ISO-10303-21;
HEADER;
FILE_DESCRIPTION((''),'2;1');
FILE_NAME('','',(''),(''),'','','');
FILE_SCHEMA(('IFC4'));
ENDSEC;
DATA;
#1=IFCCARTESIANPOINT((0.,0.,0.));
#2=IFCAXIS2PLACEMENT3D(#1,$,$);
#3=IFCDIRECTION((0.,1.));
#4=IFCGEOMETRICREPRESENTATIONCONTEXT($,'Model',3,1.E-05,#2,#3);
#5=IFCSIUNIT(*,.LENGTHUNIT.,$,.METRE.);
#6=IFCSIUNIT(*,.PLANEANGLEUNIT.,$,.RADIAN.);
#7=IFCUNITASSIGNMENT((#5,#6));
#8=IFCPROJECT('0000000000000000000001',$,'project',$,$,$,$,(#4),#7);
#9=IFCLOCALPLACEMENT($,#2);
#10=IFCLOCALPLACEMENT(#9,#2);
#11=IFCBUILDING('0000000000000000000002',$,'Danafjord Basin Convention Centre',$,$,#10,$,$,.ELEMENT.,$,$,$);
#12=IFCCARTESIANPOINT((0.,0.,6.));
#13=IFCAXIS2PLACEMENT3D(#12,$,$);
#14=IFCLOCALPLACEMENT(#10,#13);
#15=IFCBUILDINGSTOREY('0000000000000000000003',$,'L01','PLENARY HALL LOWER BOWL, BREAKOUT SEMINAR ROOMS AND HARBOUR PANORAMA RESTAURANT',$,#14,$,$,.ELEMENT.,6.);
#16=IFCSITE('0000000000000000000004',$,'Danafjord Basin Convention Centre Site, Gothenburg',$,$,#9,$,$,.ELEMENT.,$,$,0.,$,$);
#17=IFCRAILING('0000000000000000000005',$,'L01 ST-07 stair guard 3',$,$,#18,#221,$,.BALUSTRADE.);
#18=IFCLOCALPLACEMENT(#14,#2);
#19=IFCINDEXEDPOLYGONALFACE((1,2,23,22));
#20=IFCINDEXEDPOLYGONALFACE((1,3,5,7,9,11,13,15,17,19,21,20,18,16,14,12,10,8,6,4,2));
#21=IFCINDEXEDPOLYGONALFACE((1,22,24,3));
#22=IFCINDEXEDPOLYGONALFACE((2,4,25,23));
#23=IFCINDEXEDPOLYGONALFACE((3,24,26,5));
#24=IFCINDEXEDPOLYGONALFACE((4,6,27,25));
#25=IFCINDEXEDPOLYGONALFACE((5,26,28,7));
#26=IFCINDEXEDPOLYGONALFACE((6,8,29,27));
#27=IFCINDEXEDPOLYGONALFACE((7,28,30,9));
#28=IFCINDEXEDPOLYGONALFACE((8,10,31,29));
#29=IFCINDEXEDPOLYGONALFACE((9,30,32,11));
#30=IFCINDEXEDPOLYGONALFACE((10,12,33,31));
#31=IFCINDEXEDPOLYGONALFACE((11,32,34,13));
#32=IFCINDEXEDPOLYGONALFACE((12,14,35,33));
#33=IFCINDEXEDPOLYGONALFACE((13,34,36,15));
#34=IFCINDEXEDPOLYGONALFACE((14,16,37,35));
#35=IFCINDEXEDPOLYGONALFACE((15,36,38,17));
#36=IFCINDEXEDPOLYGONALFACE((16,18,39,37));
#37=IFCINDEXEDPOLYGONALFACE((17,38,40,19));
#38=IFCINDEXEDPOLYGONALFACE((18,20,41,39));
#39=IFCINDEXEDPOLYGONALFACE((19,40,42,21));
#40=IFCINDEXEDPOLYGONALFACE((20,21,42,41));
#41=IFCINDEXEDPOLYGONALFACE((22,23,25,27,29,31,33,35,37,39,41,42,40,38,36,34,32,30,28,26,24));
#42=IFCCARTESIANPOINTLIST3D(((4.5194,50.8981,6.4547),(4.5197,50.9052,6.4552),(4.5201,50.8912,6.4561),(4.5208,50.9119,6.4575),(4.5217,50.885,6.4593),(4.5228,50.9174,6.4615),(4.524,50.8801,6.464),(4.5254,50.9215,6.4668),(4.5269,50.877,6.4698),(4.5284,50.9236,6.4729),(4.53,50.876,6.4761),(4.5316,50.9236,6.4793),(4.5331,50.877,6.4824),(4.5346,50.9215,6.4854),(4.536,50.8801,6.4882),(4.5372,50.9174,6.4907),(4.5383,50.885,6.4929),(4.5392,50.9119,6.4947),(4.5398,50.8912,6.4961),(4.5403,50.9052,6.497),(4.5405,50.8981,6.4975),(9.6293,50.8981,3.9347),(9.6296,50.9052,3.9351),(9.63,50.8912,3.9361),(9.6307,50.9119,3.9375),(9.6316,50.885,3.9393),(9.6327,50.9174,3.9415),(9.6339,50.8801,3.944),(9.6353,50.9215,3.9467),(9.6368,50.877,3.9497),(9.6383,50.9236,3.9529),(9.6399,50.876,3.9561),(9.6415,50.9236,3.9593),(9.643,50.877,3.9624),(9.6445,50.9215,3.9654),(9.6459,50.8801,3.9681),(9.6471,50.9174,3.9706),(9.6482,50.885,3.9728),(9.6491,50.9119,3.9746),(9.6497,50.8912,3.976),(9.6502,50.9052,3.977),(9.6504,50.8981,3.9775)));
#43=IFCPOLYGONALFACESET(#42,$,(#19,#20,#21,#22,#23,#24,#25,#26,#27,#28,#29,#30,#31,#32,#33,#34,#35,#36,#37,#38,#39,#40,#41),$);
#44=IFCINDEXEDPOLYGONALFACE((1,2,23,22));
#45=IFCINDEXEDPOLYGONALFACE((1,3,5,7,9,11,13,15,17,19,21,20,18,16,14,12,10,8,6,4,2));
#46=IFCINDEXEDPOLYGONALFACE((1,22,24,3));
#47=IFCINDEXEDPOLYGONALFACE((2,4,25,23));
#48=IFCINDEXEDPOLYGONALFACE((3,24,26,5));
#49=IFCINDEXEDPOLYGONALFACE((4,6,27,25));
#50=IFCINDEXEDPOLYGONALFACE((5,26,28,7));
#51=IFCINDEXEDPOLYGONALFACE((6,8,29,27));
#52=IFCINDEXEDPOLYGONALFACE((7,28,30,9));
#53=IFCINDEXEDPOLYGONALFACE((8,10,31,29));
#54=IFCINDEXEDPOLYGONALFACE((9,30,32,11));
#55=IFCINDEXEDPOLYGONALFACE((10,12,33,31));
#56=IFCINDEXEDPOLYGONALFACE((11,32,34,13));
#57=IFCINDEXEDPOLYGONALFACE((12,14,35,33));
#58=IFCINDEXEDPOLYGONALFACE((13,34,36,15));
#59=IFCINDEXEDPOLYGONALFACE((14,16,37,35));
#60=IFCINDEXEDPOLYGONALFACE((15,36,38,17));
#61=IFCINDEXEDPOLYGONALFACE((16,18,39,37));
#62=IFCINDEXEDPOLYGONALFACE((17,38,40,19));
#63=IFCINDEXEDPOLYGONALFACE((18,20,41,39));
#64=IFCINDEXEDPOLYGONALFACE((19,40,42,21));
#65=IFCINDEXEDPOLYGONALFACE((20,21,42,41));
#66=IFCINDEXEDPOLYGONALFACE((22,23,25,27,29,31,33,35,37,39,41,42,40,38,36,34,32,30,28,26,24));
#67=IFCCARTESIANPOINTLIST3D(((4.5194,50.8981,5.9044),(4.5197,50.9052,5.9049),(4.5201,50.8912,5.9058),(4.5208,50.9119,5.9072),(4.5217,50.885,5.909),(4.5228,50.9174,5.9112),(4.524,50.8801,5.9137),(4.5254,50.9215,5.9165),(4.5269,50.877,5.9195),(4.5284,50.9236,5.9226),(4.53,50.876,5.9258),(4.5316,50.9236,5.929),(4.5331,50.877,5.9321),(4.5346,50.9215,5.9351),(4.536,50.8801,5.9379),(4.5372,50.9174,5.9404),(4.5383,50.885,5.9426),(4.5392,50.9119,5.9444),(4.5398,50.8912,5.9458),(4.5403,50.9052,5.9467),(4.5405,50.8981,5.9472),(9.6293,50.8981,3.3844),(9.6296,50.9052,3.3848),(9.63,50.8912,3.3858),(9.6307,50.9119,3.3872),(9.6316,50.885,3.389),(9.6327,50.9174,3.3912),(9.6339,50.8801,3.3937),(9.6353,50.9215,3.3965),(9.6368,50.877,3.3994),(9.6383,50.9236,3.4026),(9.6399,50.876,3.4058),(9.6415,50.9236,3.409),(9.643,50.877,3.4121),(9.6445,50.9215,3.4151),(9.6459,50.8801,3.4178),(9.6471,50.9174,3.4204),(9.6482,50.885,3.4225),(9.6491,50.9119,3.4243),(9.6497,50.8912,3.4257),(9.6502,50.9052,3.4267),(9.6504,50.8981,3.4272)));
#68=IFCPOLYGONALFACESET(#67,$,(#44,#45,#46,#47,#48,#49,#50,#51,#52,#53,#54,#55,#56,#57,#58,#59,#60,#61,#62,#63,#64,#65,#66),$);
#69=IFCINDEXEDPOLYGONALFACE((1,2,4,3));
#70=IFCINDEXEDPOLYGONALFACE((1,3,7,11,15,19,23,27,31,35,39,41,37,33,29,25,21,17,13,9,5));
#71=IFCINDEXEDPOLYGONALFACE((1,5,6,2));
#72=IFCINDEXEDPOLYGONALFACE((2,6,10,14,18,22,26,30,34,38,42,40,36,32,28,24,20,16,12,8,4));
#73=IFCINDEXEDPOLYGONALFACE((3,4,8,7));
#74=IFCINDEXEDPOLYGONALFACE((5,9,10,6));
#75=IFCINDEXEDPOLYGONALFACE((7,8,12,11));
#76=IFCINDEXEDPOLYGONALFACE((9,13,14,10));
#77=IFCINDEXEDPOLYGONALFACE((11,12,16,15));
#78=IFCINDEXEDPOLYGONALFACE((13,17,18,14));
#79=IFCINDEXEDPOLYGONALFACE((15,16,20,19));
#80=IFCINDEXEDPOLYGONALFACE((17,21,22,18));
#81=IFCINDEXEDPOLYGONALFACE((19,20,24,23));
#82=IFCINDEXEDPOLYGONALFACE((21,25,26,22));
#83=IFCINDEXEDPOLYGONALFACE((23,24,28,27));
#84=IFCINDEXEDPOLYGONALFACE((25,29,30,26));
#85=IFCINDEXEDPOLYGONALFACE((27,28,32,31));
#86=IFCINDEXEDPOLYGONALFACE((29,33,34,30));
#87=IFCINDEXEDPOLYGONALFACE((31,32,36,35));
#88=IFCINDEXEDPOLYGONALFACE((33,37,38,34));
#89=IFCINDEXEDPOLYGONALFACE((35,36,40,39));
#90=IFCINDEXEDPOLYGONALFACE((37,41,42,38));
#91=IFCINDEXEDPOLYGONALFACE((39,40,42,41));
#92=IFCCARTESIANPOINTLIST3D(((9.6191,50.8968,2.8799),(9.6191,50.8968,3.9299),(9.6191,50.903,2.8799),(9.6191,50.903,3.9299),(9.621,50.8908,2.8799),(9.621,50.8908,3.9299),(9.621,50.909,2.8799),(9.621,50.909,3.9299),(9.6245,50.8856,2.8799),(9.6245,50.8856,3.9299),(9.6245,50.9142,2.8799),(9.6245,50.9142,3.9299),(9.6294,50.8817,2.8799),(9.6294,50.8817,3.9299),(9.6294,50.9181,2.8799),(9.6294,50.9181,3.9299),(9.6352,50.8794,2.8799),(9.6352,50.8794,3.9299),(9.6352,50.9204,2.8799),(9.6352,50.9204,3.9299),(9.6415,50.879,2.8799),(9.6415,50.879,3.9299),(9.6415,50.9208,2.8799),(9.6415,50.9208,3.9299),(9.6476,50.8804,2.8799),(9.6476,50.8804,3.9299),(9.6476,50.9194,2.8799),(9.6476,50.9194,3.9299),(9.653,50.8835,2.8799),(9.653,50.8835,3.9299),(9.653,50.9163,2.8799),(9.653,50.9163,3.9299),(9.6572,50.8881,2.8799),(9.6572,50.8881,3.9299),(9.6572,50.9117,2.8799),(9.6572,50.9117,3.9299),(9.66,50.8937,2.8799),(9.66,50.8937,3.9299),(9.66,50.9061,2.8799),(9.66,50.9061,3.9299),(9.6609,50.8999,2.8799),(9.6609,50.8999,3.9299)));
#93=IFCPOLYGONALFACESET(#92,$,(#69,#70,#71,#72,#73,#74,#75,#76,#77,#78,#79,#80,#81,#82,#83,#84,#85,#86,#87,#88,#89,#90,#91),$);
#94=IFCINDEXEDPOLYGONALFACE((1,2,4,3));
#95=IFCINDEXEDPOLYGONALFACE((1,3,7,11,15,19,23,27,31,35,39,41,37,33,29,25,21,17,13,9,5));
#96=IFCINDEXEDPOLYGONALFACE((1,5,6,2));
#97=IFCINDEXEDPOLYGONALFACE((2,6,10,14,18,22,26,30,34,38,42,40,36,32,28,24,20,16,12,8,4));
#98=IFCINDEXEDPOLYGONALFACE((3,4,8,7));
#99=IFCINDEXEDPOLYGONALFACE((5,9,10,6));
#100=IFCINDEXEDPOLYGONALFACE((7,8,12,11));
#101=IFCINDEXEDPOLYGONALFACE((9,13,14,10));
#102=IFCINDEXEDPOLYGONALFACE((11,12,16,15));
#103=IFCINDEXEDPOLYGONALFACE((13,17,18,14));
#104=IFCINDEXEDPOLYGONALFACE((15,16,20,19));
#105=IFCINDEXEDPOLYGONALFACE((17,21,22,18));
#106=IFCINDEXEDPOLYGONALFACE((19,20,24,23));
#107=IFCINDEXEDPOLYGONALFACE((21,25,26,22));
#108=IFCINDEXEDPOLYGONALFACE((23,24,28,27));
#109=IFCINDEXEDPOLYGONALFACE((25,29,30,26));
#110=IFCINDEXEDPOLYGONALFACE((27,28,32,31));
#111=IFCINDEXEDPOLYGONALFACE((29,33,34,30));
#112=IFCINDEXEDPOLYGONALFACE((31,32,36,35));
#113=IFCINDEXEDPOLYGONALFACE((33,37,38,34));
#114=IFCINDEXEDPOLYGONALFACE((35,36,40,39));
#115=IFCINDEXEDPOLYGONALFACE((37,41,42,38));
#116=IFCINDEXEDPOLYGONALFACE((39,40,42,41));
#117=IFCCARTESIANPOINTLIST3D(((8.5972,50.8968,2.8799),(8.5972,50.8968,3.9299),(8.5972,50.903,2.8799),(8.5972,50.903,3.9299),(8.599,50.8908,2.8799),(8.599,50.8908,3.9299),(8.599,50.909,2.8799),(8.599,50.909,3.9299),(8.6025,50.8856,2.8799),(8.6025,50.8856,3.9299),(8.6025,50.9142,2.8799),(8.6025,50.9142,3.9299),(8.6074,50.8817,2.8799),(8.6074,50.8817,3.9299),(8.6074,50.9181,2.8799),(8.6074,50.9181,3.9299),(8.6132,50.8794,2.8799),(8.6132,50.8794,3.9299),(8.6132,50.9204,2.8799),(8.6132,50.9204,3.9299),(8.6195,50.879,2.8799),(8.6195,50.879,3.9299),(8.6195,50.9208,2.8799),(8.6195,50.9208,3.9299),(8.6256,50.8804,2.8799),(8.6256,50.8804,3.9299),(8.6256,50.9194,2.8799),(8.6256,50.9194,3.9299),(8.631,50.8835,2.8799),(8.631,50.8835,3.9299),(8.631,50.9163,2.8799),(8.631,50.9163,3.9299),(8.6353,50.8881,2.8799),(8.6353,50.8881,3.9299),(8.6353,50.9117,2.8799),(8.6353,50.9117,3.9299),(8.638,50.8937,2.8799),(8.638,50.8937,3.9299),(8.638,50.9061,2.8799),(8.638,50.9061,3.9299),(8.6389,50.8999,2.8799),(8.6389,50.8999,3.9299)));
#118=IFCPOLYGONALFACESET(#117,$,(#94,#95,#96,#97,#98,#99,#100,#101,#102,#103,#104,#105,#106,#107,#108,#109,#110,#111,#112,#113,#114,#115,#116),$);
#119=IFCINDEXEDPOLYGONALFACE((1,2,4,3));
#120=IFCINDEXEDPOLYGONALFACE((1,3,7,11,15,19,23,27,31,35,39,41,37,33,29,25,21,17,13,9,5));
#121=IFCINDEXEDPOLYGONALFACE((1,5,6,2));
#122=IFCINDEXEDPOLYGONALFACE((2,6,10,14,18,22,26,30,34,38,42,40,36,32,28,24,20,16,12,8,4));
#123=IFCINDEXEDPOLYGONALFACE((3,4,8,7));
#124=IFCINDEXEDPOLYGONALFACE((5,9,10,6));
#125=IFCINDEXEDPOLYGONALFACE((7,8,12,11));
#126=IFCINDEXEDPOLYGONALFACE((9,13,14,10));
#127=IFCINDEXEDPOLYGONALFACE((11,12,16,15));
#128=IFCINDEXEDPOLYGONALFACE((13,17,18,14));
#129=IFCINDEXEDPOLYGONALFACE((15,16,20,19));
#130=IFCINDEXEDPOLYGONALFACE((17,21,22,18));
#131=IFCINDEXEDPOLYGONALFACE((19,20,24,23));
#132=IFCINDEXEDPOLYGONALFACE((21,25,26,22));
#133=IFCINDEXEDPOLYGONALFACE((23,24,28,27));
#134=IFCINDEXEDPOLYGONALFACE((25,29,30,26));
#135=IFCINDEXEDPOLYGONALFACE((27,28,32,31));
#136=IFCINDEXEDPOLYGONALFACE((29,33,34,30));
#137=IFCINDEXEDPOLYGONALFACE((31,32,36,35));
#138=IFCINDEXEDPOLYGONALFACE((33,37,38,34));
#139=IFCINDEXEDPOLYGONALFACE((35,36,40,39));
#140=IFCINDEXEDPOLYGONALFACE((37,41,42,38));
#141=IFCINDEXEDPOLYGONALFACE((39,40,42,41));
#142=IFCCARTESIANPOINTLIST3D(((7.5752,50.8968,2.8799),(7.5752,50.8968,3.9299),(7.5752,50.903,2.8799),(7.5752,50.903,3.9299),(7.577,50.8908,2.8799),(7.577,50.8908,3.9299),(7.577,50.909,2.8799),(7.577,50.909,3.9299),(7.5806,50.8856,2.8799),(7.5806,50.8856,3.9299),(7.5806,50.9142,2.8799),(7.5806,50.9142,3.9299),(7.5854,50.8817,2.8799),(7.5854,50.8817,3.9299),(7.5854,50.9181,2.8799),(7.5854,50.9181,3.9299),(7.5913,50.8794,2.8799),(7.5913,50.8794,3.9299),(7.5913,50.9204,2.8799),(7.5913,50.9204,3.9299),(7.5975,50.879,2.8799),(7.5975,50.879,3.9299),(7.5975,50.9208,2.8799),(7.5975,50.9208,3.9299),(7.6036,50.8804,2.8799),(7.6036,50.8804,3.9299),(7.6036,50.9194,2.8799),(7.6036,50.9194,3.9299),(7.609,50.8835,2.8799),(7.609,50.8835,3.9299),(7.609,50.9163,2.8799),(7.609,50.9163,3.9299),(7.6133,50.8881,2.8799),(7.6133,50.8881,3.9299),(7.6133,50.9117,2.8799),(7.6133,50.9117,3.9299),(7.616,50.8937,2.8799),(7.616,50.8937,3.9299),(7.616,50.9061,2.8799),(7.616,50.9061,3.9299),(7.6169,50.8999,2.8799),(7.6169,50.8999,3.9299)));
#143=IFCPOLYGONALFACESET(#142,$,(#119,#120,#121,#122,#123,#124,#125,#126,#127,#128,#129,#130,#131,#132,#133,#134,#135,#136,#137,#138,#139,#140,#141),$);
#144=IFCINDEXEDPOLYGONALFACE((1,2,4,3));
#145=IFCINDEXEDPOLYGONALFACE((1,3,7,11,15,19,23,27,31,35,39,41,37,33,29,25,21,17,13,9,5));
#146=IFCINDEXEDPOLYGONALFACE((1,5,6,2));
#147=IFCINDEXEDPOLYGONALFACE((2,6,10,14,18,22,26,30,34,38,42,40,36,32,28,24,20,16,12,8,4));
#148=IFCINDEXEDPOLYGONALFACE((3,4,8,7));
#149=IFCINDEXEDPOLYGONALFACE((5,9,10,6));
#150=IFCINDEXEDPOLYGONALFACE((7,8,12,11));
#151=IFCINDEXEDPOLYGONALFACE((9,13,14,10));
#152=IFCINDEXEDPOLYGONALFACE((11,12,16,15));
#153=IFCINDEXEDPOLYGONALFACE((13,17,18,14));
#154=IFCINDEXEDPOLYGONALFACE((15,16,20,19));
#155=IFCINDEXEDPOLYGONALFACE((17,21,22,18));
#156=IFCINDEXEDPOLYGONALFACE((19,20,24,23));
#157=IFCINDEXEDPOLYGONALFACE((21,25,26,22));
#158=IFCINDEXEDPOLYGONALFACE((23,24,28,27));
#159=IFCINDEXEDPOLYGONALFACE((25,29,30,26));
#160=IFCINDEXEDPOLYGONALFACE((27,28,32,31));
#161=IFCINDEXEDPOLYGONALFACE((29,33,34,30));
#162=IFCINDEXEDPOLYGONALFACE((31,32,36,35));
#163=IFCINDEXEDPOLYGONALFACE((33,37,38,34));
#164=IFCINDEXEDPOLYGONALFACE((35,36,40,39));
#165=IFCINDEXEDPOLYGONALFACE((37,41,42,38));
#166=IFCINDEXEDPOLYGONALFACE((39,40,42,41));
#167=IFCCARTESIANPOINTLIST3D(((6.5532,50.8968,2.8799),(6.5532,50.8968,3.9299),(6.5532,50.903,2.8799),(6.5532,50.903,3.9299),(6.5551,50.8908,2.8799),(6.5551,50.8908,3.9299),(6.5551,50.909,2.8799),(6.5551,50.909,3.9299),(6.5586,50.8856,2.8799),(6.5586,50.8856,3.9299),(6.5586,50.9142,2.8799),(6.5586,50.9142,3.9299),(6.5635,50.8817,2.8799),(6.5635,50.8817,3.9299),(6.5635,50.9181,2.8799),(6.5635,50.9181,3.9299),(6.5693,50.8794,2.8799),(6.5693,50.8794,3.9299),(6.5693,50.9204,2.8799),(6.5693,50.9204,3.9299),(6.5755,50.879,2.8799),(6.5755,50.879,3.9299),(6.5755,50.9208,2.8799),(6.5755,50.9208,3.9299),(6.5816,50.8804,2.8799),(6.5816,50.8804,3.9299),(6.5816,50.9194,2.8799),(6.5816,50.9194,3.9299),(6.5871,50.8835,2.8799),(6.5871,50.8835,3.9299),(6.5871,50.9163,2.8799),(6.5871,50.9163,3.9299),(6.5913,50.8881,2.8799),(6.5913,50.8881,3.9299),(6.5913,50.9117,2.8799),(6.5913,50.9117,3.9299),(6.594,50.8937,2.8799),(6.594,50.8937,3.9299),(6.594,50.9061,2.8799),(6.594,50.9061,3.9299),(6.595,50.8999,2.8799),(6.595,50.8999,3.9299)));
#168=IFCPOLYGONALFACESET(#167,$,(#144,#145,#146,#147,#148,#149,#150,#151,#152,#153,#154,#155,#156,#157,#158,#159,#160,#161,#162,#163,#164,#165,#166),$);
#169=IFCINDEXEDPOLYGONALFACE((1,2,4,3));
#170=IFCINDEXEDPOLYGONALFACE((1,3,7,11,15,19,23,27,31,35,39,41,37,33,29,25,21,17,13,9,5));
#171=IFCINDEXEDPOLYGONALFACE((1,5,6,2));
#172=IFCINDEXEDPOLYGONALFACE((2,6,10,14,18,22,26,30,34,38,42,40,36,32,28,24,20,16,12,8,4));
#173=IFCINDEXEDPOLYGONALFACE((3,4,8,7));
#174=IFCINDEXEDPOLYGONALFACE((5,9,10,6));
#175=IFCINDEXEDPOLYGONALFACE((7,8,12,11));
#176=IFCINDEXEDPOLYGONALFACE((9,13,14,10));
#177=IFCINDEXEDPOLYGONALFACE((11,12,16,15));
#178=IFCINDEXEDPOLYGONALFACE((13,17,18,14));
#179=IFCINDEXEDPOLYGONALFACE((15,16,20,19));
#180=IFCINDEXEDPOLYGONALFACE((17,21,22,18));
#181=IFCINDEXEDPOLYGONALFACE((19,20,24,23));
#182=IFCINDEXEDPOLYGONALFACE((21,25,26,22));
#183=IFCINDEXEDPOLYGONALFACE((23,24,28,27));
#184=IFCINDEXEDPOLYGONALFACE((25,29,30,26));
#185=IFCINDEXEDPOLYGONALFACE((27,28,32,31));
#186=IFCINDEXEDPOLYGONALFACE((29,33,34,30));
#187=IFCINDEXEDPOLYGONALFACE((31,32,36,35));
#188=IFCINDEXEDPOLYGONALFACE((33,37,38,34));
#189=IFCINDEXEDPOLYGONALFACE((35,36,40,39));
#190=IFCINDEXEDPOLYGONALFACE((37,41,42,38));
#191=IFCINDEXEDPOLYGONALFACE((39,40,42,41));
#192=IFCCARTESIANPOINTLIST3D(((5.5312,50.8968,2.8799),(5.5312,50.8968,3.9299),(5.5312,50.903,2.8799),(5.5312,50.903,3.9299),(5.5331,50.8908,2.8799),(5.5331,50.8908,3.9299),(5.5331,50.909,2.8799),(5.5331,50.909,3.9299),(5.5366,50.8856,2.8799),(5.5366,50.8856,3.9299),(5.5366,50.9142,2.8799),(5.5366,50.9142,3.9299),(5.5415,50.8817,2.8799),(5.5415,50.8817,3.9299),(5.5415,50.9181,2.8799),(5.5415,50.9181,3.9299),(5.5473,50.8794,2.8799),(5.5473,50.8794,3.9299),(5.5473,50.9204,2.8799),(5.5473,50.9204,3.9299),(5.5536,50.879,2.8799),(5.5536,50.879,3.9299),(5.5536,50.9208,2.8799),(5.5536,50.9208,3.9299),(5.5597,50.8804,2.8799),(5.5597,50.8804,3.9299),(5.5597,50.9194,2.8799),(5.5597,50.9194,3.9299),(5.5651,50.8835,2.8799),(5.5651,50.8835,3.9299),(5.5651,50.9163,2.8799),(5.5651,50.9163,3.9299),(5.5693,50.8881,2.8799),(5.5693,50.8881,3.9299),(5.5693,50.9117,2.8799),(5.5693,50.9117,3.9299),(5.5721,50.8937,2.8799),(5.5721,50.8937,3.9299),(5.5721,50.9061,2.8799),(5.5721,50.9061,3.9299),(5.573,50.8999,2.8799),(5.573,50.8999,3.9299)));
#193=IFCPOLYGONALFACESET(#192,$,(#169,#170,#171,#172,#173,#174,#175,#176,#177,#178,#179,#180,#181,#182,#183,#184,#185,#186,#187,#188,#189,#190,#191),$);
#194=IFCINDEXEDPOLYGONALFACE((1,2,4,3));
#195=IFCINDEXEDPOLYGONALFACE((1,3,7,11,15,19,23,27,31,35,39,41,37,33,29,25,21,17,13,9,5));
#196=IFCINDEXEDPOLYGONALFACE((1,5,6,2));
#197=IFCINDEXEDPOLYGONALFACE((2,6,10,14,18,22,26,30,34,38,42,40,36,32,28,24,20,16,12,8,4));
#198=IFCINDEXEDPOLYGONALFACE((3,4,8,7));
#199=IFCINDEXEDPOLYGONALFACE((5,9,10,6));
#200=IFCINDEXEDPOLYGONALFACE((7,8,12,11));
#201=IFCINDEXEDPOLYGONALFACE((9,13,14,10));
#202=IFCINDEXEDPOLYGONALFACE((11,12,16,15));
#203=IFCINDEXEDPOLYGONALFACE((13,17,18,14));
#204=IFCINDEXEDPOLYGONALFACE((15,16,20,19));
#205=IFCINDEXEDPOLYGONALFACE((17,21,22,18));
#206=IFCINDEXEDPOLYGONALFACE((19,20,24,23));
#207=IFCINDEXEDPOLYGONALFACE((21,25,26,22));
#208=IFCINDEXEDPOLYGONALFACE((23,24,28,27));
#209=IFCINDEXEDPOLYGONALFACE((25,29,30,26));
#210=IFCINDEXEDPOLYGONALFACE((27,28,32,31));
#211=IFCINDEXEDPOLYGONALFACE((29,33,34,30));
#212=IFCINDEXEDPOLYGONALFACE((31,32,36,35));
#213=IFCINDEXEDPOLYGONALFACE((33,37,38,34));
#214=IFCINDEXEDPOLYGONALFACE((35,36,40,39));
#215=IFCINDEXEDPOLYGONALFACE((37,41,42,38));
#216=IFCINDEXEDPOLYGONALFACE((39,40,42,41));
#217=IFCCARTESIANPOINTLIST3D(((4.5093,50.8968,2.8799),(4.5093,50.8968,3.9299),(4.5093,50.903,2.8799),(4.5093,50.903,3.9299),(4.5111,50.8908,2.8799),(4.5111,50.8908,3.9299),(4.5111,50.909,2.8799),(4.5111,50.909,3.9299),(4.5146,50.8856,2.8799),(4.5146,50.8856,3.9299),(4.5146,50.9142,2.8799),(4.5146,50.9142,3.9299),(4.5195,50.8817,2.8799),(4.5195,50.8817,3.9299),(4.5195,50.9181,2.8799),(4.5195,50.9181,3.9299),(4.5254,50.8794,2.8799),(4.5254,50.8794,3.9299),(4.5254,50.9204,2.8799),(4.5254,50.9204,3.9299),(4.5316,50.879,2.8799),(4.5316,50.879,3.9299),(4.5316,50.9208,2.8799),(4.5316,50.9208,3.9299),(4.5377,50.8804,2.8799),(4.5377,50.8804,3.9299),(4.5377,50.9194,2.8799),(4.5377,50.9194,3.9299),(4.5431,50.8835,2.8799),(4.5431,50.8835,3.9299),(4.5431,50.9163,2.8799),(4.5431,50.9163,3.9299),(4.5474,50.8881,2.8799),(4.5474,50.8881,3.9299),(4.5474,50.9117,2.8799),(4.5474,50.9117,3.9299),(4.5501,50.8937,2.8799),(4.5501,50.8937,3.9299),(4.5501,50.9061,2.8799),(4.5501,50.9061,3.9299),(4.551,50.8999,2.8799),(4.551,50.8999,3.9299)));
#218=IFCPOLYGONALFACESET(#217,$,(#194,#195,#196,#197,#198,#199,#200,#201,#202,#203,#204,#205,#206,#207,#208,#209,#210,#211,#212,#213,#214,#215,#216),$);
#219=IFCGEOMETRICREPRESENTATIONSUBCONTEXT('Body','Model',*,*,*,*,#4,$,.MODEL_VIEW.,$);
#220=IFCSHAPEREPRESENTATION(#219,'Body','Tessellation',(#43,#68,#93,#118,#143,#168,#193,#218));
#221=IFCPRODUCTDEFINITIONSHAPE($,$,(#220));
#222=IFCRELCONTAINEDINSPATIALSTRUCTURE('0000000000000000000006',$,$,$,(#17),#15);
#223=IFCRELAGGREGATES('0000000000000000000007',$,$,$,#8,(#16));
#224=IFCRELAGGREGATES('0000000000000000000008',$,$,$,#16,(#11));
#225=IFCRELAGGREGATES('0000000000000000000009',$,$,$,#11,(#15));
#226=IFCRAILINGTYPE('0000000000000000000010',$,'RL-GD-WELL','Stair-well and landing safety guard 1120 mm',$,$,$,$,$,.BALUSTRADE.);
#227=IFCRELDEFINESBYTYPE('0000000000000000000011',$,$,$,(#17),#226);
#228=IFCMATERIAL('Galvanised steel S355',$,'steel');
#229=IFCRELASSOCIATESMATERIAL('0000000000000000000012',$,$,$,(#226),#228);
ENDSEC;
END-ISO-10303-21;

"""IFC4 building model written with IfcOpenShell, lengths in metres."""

from ifc_helpers import new_model, si_unit, direction, frame, origin, origin_2d, place, context, subcontext, project, spatial, circle, extrude, material, type_object, element, save


model = new_model("IFC4")

# Units and contexts
model_context = context("Model", 3, precision=1e-05, world=origin(), true_north=direction((0.0, 1.0)))
body_context = subcontext(model_context, "Body", "Model", "MODEL_VIEW")
ifc_project = project(units=[si_unit("LENGTHUNIT", "METRE"), si_unit("PLANEANGLEUNIT", "RADIAN")], contexts=[model_context])

# Site, building, storey
site_placement = place(None, origin())
site = spatial("IfcSite", under=ifc_project, at=site_placement, Name="Danafjord Basin Convention Centre Site, Gothenburg", CompositionType="ELEMENT", RefElevation=0.0)
building_placement = place(site_placement, origin())
building = spatial("IfcBuilding", under=site, at=building_placement, Name="Danafjord Basin Convention Centre", CompositionType="ELEMENT")
storey_placement = place(building_placement, frame((0.0, 0.0, 6.0)))
storey = spatial("IfcBuildingStorey", under=building, at=storey_placement, Name="L01", Description="PLENARY HALL LOWER BOWL, BREAKOUT SEMINAR ROOMS AND HARBOUR PANORAMA RESTAURANT", CompositionType="ELEMENT", Elevation=6.0)

# Railing
ifc_material_1 = material(Name="Galvanised steel S355", Category="steel")
railing_type_1 = type_object("IfcRailingType", Name="RL-GD-WELL", Description="Stair-well and landing safety guard 1120 mm", PredefinedType="BALUSTRADE", material=ifc_material_1)
railing_1_placement = place(storey_placement, frame((9.6399, 50.8999, 2.8799)))
element("IfcRailing", 1, at=railing_1_placement, inside=storey, type_object=railing_type_1, Name="L01 ST-07 stair guard 3", PredefinedType="BALUSTRADE", context=body_context, shape_type="SweptSolid", body=[
    extrude(circle(Radius=0.0239, at=origin_2d()), frame((0.0, 0.0, 1.0762), z_axis=(-0.896865, 0.0, 0.442305), x_axis=(0.0, -1.0, 0.0)), (0.0, 0.0, 1.0), 5.6975),
    extrude(circle(Radius=0.0239, at=origin_2d()), frame((0.0, 0.0, 0.5259), z_axis=(-0.896865, 0.0, 0.442305), x_axis=(0.0, -1.0, 0.0)), (0.0, 0.0, 1.0), 5.6975),
    extrude(circle(Radius=0.021, at=origin_2d()), origin(), (0.0, 0.0, 1.0), 1.05),
    extrude(circle(Radius=0.021, at=origin_2d()), frame((-1.022, 0.0, 0.0)), (0.0, 0.0, 1.0), 1.05),
    extrude(circle(Radius=0.021, at=origin_2d()), frame((-2.0439, 0.0, 0.0)), (0.0, 0.0, 1.0), 1.05),
    extrude(circle(Radius=0.021, at=origin_2d()), frame((-3.0659, 0.0, 0.0)), (0.0, 0.0, 1.0), 1.05),
    extrude(circle(Radius=0.021, at=origin_2d()), frame((-4.0879, 0.0, 0.0)), (0.0, 0.0, 1.0), 1.05),
    extrude(circle(Radius=0.021, at=origin_2d()), frame((-5.1099, 0.0, 0.0)), (0.0, 0.0, 1.0), 1.05),
])

save(model, "model.ifc")
